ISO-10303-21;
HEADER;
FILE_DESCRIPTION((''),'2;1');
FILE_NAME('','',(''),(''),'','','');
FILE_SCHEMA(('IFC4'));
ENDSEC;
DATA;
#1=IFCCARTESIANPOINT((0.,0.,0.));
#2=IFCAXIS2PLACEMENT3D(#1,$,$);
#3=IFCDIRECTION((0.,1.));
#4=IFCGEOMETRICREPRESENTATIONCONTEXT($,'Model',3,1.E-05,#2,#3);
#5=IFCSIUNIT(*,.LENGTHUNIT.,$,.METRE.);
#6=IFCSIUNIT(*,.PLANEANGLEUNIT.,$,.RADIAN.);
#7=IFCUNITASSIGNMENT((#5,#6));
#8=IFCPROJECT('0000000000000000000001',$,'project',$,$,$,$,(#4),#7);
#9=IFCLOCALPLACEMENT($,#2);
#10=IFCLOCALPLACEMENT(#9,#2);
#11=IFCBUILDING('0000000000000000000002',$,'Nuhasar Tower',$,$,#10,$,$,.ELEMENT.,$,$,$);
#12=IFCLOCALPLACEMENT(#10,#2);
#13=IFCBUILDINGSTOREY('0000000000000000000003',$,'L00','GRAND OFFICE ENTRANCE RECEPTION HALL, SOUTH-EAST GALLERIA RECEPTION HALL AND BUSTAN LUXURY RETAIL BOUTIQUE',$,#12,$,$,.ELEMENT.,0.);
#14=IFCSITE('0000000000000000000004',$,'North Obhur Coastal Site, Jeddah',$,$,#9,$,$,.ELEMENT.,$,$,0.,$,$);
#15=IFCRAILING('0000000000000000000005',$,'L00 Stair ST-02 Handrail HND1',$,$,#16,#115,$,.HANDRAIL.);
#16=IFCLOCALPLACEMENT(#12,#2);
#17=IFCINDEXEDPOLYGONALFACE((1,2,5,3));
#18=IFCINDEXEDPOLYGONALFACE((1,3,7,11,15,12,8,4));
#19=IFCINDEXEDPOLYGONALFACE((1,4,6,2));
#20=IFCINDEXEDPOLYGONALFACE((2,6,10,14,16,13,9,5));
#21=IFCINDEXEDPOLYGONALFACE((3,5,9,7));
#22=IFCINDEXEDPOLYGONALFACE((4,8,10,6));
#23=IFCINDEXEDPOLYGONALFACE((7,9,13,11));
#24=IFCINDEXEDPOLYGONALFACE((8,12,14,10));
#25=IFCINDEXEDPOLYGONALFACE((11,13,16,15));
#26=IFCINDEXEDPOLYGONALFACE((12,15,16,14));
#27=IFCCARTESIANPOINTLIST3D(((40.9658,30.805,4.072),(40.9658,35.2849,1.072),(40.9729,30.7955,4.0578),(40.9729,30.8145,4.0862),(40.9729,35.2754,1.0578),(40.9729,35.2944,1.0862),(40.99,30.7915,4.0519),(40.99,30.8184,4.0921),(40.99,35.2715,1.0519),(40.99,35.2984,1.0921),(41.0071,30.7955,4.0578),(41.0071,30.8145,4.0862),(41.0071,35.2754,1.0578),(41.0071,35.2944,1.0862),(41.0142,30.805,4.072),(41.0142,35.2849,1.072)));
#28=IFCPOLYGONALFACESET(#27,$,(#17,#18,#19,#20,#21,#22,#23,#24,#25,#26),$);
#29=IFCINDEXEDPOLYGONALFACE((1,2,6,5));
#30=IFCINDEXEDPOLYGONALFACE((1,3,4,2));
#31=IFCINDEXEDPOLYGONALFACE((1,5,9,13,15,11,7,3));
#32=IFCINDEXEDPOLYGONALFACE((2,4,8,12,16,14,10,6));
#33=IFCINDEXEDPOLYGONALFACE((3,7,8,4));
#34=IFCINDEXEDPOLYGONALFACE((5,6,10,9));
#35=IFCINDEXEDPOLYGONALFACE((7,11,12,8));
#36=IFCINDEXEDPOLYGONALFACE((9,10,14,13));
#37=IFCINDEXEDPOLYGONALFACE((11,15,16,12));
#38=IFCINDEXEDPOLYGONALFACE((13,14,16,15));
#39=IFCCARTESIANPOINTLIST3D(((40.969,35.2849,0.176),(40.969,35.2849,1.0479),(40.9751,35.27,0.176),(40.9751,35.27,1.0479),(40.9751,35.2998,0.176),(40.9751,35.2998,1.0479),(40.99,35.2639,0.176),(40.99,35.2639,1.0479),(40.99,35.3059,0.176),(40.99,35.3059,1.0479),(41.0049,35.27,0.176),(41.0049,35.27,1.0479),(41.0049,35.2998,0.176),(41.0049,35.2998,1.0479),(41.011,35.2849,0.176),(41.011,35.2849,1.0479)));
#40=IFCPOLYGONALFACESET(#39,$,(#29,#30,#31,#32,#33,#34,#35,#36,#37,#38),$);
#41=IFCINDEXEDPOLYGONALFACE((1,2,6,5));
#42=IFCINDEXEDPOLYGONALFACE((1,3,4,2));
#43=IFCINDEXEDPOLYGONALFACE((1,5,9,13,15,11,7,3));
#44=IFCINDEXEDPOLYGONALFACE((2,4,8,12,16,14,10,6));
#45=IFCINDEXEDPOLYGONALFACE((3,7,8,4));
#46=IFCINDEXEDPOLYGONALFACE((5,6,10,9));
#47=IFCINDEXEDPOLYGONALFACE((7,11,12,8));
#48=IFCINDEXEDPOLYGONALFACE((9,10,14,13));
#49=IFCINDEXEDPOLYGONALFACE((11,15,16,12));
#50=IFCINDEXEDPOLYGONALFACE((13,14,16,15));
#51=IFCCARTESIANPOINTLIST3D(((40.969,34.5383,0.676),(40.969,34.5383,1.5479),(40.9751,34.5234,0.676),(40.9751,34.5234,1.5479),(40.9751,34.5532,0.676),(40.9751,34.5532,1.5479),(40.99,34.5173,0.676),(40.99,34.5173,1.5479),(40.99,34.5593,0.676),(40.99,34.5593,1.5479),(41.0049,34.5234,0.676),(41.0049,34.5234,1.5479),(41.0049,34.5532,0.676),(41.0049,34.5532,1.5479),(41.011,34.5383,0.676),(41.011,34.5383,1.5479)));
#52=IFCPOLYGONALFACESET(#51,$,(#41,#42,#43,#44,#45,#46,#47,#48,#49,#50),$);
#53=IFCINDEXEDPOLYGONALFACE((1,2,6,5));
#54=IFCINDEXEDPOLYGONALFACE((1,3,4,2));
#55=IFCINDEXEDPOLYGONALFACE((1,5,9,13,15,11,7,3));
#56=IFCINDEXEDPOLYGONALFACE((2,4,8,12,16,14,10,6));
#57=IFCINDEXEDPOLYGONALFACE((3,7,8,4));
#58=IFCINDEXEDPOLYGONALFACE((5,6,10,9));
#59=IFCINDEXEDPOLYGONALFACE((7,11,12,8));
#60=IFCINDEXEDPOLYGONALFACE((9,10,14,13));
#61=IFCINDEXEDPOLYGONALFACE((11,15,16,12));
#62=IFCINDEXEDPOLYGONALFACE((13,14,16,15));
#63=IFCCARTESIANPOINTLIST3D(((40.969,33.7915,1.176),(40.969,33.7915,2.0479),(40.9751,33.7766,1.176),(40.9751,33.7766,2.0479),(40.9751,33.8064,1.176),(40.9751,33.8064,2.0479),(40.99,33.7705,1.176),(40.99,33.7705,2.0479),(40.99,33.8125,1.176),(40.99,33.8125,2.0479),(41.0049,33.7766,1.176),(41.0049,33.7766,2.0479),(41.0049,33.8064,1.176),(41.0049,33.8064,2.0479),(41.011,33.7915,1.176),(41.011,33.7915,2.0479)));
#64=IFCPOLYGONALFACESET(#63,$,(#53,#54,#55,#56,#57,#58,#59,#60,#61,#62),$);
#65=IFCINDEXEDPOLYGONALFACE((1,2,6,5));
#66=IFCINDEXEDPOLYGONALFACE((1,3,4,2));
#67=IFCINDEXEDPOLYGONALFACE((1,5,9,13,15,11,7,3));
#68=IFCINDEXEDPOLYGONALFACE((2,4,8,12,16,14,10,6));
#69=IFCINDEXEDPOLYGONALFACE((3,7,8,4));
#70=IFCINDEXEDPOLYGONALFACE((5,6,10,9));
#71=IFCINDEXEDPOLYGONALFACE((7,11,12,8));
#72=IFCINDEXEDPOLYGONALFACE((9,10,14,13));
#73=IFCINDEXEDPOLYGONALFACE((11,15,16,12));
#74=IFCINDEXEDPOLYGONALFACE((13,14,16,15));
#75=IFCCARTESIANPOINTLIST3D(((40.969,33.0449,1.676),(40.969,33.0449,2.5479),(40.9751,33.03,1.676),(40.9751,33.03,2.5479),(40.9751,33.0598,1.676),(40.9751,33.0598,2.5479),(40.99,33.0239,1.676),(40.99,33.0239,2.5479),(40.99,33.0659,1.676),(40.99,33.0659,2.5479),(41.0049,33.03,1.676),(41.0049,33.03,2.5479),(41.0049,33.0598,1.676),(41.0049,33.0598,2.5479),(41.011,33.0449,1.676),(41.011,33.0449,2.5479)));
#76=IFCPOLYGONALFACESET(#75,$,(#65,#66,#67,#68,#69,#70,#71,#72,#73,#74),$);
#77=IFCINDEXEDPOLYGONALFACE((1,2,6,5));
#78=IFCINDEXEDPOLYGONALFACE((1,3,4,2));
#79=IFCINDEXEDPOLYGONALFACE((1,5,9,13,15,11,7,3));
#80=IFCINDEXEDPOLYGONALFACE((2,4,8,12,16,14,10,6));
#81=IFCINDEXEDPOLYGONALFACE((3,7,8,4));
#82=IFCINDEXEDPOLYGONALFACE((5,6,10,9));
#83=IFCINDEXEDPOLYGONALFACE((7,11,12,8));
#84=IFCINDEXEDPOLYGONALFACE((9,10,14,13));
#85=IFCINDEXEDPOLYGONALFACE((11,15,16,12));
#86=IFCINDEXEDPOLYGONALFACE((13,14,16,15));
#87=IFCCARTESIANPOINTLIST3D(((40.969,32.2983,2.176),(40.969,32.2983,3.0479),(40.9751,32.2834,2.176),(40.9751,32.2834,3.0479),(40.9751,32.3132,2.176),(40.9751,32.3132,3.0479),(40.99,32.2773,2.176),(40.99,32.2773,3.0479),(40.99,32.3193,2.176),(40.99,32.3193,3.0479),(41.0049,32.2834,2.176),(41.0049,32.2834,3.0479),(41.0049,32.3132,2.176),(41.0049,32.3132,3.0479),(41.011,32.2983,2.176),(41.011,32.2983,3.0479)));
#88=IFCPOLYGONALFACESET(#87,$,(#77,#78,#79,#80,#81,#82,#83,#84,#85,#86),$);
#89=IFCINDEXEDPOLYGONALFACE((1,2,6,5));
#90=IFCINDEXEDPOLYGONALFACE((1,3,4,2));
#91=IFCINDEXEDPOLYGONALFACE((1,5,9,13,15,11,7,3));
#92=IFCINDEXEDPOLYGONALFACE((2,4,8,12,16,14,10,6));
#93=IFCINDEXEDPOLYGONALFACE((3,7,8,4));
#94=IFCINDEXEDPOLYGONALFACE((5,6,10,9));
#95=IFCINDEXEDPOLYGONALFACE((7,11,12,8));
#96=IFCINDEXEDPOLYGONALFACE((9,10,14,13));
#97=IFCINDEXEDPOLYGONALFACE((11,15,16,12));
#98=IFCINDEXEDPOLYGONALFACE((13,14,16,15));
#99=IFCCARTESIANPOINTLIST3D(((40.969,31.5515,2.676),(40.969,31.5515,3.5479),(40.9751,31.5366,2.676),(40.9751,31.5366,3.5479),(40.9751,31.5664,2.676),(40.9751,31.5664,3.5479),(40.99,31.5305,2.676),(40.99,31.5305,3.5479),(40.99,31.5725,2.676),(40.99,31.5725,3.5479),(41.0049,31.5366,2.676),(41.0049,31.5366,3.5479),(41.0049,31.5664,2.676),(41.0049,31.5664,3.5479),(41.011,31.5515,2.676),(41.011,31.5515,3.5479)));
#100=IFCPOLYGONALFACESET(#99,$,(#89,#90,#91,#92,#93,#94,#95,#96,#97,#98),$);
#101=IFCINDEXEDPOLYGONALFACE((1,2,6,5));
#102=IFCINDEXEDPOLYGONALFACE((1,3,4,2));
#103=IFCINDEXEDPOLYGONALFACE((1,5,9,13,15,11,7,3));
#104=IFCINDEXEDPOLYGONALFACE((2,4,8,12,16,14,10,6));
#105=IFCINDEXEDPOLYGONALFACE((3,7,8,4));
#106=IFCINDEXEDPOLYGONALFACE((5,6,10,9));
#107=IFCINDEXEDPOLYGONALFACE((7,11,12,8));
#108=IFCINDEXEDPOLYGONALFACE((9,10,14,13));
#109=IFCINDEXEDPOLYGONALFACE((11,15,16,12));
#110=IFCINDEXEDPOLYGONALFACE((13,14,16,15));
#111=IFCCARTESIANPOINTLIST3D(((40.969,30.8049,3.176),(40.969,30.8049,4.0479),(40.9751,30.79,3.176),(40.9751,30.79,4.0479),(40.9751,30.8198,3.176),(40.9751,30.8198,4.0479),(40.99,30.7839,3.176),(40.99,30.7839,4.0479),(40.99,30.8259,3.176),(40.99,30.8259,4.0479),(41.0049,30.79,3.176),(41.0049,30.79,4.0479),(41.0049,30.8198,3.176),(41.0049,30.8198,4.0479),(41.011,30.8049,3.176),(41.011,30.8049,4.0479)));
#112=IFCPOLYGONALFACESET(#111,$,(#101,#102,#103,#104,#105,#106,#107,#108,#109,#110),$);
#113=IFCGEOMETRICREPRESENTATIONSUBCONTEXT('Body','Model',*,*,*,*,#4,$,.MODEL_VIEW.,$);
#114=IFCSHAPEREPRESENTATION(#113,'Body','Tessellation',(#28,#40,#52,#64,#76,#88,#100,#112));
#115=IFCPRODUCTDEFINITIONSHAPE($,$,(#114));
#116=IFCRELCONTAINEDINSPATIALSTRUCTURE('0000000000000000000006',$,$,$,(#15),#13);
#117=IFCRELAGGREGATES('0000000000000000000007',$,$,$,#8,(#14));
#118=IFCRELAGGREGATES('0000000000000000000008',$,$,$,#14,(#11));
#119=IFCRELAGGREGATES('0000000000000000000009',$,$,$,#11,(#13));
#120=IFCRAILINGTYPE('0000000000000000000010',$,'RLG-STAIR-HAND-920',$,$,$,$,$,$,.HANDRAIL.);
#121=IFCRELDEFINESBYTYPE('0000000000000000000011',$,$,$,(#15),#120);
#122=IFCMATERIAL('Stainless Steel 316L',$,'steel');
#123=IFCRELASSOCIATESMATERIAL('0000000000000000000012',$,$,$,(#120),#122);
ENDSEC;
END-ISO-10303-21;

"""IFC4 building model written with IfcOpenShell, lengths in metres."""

from ifc_helpers import new_model, si_unit, direction, frame, origin, place, context, subcontext, project, spatial, polyline, outline, extrude, material, type_object, element, save


model = new_model("IFC4")

# Units and contexts
model_context = context("Model", 3, precision=1e-05, world=origin(), true_north=direction((0.0, 1.0)))
body_context = subcontext(model_context, "Body", "Model", "MODEL_VIEW")
ifc_project = project(units=[si_unit("LENGTHUNIT", "METRE"), si_unit("PLANEANGLEUNIT", "RADIAN")], contexts=[model_context])

# Site, building, storey
site_placement = place(None, origin())
site = spatial("IfcSite", under=ifc_project, at=site_placement, Name="North Obhur Coastal Site, Jeddah", CompositionType="ELEMENT", RefElevation=0.0)
building_placement = place(site_placement, origin())
building = spatial("IfcBuilding", under=site, at=building_placement, Name="Nuhasar Tower", CompositionType="ELEMENT")
storey_placement = place(building_placement, origin())
storey = spatial("IfcBuildingStorey", under=building, at=storey_placement, Name="L00", Description="GRAND OFFICE ENTRANCE RECEPTION HALL, SOUTH-EAST GALLERIA RECEPTION HALL AND BUSTAN LUXURY RETAIL BOUTIQUE", CompositionType="ELEMENT", Elevation=0.0)

# Railing
ifc_material_1 = material(Name="Stainless Steel 316L", Category="steel")
railing_type_1 = type_object("IfcRailingType", Name="RLG-STAIR-HAND-920", PredefinedType="HANDRAIL", material=ifc_material_1)
railing_1_placement = place(storey_placement, frame((40.99, 35.2849, 0.176)))
element("IfcRailing", 1, at=railing_1_placement, inside=storey, type_object=railing_type_1, Name="L00 Stair ST-02 Handrail HND1", PredefinedType="HANDRAIL", context=body_context, shape_type="SweptSolid", body=[
    extrude(outline(polyline([(0.0242, 0.0), (0.0171, 0.0171), (0.0, 0.0242), (-0.0171, 0.0171), (-0.0242, 0.0), (-0.0171, -0.0171), (0.0, -0.0242), (0.0171, -0.0171), (0.0242, 0.0)])), frame((0.0, 0.0, 0.896), z_axis=(0.0, -0.830906, 0.556413), x_axis=(1.0, 0.0, 0.0)), (0.0, 0.0, 1.0), 5.3916),
    extrude(outline(polyline([(0.021, 0.0), (0.0149, 0.0149), (0.0, 0.021), (-0.0149, 0.0149), (-0.021, 0.0), (-0.0149, -0.0149), (0.0, -0.021), (0.0149, -0.0149), (0.021, 0.0)])), origin(), (0.0, 0.0, 1.0), 0.8718),
    extrude(outline(polyline([(0.021, 0.0), (0.0149, 0.0149), (0.0, 0.021), (-0.0149, 0.0149), (-0.021, 0.0), (-0.0149, -0.0149), (0.0, -0.021), (0.0149, -0.0149), (0.021, 0.0)])), frame((0.0, -0.7466, 0.5)), (0.0, 0.0, 1.0), 0.8718),
    extrude(outline(polyline([(0.021, 0.0), (0.0149, 0.0149), (0.0, 0.021), (-0.0149, 0.0149), (-0.021, 0.0), (-0.0149, -0.0149), (0.0, -0.021), (0.0149, -0.0149), (0.021, 0.0)])), frame((0.0, -1.4934, 1.0)), (0.0, 0.0, 1.0), 0.8718),
    extrude(outline(polyline([(0.021, 0.0), (0.0149, 0.0149), (0.0, 0.021), (-0.0149, 0.0149), (-0.021, 0.0), (-0.0149, -0.0149), (0.0, -0.021), (0.0149, -0.0149), (0.021, 0.0)])), frame((0.0, -2.24, 1.5)), (0.0, 0.0, 1.0), 0.8718),
    extrude(outline(polyline([(0.021, 0.0), (0.0149, 0.0149), (0.0, 0.021), (-0.0149, 0.0149), (-0.021, 0.0), (-0.0149, -0.0149), (0.0, -0.021), (0.0149, -0.0149), (0.021, 0.0)])), frame((0.0, -2.9866, 2.0)), (0.0, 0.0, 1.0), 0.8718),
    extrude(outline(polyline([(0.021, 0.0), (0.0149, 0.0149), (0.0, 0.021), (-0.0149, 0.0149), (-0.021, 0.0), (-0.0149, -0.0149), (0.0, -0.021), (0.0149, -0.0149), (0.021, 0.0)])), frame((0.0, -3.7334, 2.5)), (0.0, 0.0, 1.0), 0.8718),
    extrude(outline(polyline([(0.021, 0.0), (0.0149, 0.0149), (0.0, 0.021), (-0.0149, 0.0149), (-0.021, 0.0), (-0.0149, -0.0149), (0.0, -0.021), (0.0149, -0.0149), (0.021, 0.0)])), frame((0.0, -4.48, 3.0)), (0.0, 0.0, 1.0), 0.8718),
])

save(model, "model.ifc")
